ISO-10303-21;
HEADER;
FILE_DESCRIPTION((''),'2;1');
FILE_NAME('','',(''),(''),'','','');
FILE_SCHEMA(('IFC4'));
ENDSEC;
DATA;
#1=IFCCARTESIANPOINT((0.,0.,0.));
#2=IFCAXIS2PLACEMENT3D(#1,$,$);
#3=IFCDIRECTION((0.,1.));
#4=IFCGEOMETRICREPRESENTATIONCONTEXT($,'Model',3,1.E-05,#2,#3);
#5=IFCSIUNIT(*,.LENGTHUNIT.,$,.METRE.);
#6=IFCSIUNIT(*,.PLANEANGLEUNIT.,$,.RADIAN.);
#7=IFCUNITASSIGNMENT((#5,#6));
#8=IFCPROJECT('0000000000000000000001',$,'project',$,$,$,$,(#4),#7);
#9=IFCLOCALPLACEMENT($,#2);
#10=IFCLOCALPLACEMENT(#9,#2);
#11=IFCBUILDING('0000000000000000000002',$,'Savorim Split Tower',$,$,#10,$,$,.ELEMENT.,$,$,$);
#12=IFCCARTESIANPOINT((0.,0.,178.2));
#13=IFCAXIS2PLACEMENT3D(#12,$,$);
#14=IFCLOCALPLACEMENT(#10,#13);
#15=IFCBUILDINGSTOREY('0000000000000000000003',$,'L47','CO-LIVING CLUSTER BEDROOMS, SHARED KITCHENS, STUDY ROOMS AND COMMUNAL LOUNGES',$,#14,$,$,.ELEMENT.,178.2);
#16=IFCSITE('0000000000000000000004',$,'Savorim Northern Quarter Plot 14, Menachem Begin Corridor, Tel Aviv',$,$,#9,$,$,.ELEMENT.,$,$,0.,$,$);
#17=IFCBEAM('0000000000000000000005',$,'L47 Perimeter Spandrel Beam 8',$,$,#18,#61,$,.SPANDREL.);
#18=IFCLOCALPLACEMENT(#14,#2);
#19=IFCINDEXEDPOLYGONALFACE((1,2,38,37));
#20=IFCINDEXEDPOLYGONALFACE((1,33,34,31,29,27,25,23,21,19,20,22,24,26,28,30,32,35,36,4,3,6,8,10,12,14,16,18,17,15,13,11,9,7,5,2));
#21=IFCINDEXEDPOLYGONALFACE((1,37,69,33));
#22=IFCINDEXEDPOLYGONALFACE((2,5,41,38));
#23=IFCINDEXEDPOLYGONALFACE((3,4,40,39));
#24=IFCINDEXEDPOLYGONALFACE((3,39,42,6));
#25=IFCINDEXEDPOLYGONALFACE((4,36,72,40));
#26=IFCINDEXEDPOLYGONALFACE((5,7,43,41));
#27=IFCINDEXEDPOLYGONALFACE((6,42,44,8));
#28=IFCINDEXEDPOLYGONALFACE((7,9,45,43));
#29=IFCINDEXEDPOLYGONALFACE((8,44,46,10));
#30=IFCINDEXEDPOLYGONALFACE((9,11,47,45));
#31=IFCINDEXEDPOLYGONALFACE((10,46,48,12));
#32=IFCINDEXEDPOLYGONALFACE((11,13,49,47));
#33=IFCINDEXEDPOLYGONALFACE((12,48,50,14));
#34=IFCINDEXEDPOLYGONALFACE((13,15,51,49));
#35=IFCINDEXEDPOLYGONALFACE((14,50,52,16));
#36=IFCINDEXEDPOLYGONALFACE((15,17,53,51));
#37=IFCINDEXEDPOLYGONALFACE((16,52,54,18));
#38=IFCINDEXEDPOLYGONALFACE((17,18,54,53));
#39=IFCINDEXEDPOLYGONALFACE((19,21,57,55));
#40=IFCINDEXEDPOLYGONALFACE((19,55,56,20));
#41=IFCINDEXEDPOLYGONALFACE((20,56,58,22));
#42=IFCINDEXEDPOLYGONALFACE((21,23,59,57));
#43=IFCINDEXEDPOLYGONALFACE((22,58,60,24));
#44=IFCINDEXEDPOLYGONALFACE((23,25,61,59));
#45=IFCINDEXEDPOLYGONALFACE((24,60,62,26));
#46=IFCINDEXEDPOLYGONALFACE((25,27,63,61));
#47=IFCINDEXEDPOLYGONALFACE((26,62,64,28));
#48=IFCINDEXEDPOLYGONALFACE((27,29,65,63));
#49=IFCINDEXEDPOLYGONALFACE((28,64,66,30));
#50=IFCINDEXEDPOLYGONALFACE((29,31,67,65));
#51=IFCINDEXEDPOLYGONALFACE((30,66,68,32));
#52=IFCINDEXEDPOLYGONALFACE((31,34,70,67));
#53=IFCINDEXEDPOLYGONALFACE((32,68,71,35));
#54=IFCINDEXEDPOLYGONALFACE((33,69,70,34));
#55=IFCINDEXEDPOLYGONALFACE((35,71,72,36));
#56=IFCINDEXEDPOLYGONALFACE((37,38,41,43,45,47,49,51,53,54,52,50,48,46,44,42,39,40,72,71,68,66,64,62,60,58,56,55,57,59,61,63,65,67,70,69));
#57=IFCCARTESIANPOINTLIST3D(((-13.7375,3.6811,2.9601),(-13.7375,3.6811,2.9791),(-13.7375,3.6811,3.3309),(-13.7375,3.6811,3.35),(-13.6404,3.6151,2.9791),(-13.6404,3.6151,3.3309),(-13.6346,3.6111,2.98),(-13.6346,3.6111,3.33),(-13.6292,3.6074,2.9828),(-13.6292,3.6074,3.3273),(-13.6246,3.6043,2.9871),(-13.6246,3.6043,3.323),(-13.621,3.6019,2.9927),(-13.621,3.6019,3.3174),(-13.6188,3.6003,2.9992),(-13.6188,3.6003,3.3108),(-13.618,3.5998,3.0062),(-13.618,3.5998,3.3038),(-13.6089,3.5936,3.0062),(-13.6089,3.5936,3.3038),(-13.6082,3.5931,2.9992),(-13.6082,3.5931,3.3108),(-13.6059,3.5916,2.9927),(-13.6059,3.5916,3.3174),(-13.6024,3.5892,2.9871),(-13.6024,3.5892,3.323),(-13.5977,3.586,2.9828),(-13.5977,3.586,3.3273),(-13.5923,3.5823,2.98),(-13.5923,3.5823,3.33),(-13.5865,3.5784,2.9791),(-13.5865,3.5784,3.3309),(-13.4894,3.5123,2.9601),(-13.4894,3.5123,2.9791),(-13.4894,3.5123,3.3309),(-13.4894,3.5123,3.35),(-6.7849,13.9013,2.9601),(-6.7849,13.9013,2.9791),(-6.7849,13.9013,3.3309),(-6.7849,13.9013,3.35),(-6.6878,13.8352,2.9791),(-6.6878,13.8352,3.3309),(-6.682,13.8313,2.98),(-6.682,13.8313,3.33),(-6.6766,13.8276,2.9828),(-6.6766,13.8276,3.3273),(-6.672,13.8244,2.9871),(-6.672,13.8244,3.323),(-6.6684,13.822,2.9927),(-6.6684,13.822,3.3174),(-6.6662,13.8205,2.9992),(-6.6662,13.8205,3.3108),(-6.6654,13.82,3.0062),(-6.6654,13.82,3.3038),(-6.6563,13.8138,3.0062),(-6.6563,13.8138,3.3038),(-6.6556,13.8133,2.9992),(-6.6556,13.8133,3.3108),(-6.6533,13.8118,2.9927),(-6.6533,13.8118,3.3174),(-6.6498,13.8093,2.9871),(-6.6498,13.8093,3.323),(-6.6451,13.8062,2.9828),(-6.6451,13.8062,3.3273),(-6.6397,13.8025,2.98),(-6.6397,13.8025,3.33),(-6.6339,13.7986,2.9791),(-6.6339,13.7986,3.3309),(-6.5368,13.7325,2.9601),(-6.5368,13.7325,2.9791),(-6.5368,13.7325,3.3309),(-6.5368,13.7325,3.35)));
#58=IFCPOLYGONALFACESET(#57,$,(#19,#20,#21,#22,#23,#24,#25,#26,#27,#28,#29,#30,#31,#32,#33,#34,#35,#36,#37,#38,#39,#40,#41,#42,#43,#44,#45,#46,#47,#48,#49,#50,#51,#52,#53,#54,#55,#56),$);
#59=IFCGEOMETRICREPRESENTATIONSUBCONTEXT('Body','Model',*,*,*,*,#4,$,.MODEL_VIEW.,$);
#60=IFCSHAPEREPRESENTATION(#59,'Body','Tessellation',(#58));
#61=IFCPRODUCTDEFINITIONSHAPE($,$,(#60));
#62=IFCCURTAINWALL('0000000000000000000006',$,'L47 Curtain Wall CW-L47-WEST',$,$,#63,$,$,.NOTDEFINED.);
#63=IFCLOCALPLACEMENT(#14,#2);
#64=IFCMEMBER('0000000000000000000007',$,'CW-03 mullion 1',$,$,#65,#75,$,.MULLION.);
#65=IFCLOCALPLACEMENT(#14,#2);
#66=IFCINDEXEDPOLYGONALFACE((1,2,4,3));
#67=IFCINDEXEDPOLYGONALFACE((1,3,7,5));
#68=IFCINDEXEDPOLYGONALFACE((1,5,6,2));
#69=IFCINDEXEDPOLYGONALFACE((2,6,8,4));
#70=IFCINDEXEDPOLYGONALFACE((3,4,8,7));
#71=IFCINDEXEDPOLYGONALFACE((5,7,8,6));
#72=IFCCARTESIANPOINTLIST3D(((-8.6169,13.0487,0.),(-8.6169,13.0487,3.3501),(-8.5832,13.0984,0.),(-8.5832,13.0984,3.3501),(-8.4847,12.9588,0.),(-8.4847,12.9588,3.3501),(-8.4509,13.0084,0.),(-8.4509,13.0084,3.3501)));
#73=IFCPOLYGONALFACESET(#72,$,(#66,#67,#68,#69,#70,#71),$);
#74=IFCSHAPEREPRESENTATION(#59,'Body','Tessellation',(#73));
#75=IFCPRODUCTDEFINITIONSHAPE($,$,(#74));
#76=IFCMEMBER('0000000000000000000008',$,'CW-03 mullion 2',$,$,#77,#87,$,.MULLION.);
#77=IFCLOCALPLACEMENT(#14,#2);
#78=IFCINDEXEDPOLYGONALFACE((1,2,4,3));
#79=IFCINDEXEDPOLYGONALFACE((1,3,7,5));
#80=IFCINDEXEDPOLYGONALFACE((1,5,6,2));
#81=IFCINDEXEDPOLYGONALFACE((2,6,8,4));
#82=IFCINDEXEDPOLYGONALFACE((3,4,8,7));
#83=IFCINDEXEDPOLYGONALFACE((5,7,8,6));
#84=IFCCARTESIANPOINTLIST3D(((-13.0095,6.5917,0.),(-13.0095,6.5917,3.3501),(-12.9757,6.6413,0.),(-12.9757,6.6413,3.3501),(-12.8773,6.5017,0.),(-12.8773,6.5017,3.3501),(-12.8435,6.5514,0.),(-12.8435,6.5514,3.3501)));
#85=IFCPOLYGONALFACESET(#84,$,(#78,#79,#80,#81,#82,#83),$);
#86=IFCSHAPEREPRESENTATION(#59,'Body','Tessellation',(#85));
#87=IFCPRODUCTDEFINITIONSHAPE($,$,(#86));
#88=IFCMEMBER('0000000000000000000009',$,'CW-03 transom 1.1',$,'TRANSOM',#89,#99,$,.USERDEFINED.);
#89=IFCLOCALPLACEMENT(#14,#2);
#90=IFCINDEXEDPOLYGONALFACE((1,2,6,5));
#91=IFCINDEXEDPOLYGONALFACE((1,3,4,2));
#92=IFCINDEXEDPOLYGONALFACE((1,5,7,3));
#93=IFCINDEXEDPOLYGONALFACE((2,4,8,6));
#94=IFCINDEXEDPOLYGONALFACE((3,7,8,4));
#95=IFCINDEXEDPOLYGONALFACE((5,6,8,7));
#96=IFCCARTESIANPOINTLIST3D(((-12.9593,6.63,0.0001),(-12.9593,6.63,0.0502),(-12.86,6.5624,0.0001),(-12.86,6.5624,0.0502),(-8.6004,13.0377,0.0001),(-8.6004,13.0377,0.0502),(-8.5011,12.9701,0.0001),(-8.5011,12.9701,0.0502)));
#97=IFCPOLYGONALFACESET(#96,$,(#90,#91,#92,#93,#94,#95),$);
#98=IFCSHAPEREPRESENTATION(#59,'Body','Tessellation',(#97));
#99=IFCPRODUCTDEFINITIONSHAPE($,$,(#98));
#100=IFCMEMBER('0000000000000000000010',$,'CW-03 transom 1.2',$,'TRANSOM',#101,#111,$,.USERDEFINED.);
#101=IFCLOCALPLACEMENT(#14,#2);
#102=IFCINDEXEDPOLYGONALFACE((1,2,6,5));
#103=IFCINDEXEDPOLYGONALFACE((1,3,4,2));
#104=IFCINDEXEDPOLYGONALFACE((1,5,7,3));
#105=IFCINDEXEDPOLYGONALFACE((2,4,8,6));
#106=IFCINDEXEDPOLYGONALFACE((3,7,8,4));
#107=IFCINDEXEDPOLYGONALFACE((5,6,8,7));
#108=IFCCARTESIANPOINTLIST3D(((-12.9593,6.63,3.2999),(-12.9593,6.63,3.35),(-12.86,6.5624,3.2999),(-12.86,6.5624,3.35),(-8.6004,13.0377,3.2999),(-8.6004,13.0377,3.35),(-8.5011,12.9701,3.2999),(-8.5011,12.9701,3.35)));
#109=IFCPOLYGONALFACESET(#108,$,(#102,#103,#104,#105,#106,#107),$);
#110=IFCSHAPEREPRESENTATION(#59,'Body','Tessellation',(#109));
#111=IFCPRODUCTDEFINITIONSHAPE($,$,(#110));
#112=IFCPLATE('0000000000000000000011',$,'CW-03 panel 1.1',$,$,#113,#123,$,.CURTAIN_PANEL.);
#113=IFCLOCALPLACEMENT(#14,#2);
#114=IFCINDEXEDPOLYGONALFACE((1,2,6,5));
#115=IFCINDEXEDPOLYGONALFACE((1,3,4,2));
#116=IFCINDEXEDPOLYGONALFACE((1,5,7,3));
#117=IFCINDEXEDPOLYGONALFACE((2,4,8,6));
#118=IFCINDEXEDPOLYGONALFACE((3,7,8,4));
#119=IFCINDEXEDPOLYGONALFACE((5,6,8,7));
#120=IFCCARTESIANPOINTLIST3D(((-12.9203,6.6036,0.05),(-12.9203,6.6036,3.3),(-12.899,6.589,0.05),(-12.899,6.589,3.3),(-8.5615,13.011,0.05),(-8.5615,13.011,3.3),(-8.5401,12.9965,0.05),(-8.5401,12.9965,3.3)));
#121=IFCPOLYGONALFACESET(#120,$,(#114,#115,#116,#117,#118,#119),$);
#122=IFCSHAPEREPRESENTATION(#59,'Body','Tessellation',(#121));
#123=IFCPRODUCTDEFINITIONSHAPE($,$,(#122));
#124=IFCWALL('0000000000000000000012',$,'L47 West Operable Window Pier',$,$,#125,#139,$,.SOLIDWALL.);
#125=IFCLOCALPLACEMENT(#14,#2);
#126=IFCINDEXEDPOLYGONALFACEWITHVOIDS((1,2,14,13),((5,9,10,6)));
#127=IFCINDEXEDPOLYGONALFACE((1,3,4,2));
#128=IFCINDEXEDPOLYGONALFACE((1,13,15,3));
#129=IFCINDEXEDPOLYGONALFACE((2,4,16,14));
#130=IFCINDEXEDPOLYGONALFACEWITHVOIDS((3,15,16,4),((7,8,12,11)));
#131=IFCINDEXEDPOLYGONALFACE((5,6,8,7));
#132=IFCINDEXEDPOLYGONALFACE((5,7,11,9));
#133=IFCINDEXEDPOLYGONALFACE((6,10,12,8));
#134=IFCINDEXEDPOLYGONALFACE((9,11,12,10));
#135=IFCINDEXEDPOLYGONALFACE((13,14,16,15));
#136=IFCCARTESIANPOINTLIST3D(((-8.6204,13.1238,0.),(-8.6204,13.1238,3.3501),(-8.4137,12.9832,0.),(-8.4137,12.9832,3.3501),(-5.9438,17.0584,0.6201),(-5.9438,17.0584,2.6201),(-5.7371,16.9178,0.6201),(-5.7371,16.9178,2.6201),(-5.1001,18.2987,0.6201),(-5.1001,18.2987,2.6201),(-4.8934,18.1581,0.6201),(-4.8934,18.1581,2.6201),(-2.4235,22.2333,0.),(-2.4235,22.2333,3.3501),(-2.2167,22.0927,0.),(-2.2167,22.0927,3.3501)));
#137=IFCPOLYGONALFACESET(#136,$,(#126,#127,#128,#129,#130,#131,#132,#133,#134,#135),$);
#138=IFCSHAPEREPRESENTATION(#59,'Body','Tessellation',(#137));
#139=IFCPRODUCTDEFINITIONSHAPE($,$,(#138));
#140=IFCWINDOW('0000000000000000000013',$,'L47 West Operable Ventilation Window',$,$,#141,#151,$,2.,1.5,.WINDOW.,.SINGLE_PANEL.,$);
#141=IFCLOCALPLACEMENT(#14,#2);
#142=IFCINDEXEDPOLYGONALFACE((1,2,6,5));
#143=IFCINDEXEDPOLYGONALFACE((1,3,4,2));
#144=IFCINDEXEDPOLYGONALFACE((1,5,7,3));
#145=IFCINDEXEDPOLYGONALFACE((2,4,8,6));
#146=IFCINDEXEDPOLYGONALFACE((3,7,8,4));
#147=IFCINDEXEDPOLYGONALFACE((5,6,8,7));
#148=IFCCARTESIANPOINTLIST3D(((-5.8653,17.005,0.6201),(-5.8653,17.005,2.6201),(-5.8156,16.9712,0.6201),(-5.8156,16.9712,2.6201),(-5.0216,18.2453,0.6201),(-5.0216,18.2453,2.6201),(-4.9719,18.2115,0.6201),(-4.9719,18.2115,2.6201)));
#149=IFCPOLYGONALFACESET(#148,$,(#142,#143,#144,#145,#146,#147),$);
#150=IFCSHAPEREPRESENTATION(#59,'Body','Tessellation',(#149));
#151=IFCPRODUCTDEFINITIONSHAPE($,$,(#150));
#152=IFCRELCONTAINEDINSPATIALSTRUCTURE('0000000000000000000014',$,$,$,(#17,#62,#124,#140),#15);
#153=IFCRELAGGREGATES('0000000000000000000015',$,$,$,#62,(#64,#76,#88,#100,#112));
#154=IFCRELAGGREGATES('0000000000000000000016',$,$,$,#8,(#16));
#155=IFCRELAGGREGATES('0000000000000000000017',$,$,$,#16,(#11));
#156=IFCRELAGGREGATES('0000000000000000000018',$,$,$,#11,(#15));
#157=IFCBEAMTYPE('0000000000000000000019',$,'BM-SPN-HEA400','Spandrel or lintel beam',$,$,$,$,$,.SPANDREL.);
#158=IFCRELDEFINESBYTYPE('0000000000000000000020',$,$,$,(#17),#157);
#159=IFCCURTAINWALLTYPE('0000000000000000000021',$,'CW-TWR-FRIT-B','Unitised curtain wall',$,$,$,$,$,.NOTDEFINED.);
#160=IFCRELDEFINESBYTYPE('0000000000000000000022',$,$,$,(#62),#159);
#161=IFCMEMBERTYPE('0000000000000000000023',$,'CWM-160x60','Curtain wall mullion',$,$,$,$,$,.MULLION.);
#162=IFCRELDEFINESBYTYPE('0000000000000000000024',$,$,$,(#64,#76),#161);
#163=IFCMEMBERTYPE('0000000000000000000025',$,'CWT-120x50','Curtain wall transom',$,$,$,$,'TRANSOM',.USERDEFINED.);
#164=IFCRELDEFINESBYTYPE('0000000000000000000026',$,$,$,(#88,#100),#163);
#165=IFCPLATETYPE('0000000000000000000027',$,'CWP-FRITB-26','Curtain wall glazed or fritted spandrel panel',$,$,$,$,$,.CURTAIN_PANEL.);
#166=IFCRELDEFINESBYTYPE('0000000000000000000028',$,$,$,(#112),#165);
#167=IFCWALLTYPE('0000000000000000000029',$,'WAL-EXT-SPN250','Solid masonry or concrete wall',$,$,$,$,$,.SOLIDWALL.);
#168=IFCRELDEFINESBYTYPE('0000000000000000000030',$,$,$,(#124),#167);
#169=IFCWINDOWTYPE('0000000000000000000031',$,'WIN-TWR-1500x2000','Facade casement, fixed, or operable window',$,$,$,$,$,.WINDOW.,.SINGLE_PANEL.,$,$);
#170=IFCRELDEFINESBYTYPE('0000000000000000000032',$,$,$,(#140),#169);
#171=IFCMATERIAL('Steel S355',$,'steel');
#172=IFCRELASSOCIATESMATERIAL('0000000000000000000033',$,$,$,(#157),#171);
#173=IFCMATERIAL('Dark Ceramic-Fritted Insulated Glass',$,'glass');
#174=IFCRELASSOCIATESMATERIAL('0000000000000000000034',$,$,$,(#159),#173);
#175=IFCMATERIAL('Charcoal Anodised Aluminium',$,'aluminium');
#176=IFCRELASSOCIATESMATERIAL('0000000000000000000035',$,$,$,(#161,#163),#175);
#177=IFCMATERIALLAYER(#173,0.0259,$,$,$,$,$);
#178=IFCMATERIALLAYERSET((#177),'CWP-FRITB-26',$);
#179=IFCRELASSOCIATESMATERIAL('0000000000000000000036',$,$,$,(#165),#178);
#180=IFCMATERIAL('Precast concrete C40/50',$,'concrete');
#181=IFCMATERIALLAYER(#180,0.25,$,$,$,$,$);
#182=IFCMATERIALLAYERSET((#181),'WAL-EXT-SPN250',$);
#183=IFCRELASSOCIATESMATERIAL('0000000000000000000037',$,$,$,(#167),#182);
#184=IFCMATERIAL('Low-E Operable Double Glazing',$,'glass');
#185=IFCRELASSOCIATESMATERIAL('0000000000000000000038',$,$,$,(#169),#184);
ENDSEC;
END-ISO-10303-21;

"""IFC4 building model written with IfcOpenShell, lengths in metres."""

from ifc_helpers import new_model, si_unit, direction, frame, frame_2d, origin, origin_2d, place, context, subcontext, project, spatial, rectangle, i_section, extrude, material, layer, layer_set, material_profile, profile_set, type_object, element, fill, aggregate, save


model = new_model("IFC4")

# Units and contexts
model_context = context("Model", 3, precision=1e-05, world=origin(), true_north=direction((0.0, 1.0)))
body_context = subcontext(model_context, "Body", "Model", "MODEL_VIEW")
ifc_project = project(units=[si_unit("LENGTHUNIT", "METRE"), si_unit("PLANEANGLEUNIT", "RADIAN")], contexts=[model_context])

# Site, building, storey
site_placement = place(None, origin())
site = spatial("IfcSite", under=ifc_project, at=site_placement, Name="Savorim Northern Quarter Plot 14, Menachem Begin Corridor, Tel Aviv", CompositionType="ELEMENT", RefElevation=0.0)
building_placement = place(site_placement, origin())
building = spatial("IfcBuilding", under=site, at=building_placement, Name="Savorim Split Tower", CompositionType="ELEMENT")
storey_placement = place(building_placement, frame((0.0, 0.0, 178.2)))
storey = spatial("IfcBuildingStorey", under=building, at=storey_placement, Name="L47", Description="CO-LIVING CLUSTER BEDROOMS, SHARED KITCHENS, STUDY ROOMS AND COMMUNAL LOUNGES", CompositionType="ELEMENT", Elevation=178.2)

# Beam
ifc_material_1 = material(Name="Steel S355", Category="steel")
ifc_material_profile_1 = material_profile(ifc_material_1, i_section(OverallWidth=0.3, OverallDepth=0.3899, WebThickness=0.011, FlangeThickness=0.019, FilletRadius=0.0271, at=origin_2d()), Name="HEA 400")
ifc_profile_set_1 = profile_set([ifc_material_profile_1], Name="Steel S355")
beam_type_1 = type_object("IfcBeamType", Name="BM-SPN-HEA400", Description="Spandrel or lintel beam", PredefinedType="SPANDREL", material=ifc_profile_set_1)
beam_1_placement = place(storey_placement, frame((-6.6609, 13.8169, 3.155), z_axis=(-0.56247, -0.826818, 0.0), x_axis=(0.826818, -0.56247, 0.0)))
element("IfcBeam", 1, at=beam_1_placement, inside=storey, type_object=beam_type_1, Name="L47 Perimeter Spandrel Beam 8", PredefinedType="SPANDREL", context=body_context, shape_type="SweptSolid", body=[
    extrude(i_section(OverallWidth=0.3, OverallDepth=0.3899, WebThickness=0.011, FlangeThickness=0.019, FilletRadius=0.0271, at=origin_2d()), origin(), (0.0, 0.0, 1.0), 12.3608),
])

# Curtain wall, members, plate
ifc_material_2 = material(Name="Dark Ceramic-Fritted Insulated Glass", Category="glass")
curtain_wall_type = type_object("IfcCurtainWallType", Name="CW-TWR-FRIT-B", Description="Unitised curtain wall", PredefinedType="NOTDEFINED", material=ifc_material_2)
curtain_wall_placement = place(storey_placement, origin())
curtain_wall = element("IfcCurtainWall", 2, at=curtain_wall_placement, inside=storey, type_object=curtain_wall_type, Name="L47 Curtain Wall CW-L47-WEST", PredefinedType="NOTDEFINED")
ifc_material_3 = material(Name="Charcoal Anodised Aluminium", Category="aluminium")
ifc_material_profile_2 = material_profile(ifc_material_3, rectangle(XDim=0.1599, YDim=0.0601, at=origin_2d()), Name="ALU-M 160x60")
ifc_profile_set_2 = profile_set([ifc_material_profile_2], Name="Charcoal Anodised Aluminium")
member_type_1 = type_object("IfcMemberType", Name="CWM-160x60", Description="Curtain wall mullion", PredefinedType="MULLION", material=ifc_profile_set_2)
member_1_placement = place(storey_placement, frame((-8.5339, 13.0286, 0.0), z_axis=(0.0, 0.0, 1.0), x_axis=(0.826819, -0.562468, 0.0)))
member_1 = element("IfcMember", 3, at=member_1_placement, type_object=member_type_1, Name="CW-03 mullion 1", PredefinedType="MULLION", context=body_context, shape_type="SweptSolid", body=[
    extrude(rectangle(XDim=0.1599, YDim=0.0601, at=origin_2d()), origin(), (0.0, 0.0, 1.0), 3.3501),
])
member_2_placement = place(storey_placement, frame((-12.9265, 6.5715, 0.0), z_axis=(0.0, 0.0, 1.0), x_axis=(0.826819, -0.562468, 0.0)))
member_2 = element("IfcMember", 4, at=member_2_placement, type_object=member_type_1, Name="CW-03 mullion 2", PredefinedType="MULLION", context=body_context, shape_type="SweptSolid", body=[
    extrude(rectangle(XDim=0.1599, YDim=0.0601, at=origin_2d()), origin(), (0.0, 0.0, 1.0), 3.3501),
])
ifc_material_profile_3 = material_profile(ifc_material_3, rectangle(XDim=0.1201, YDim=0.05, at=origin_2d()), Name="ALU-T 120x50")
ifc_profile_set_3 = profile_set([ifc_material_profile_3], Name="Charcoal Anodised Aluminium")
member_type_2 = type_object("IfcMemberType", Name="CWT-120x50", Description="Curtain wall transom", ElementType="TRANSOM", PredefinedType="USERDEFINED", material=ifc_profile_set_3)
member_3_placement = place(storey_placement, frame((-8.5508, 13.0039, 0.0251), z_axis=(-0.562455, -0.826828, 0.0), x_axis=(0.826828, -0.562455, 0.0)))
member_3 = element("IfcMember", 5, at=member_3_placement, type_object=member_type_2, Name="CW-03 transom 1.1", ObjectType="TRANSOM", PredefinedType="USERDEFINED", context=body_context, shape_type="SweptSolid", body=[
    extrude(rectangle(XDim=0.1201, YDim=0.05, at=origin_2d()), origin(), (0.0, 0.0, 1.0), 7.7498),
])
member_4_placement = place(storey_placement, frame((-8.5508, 13.0039, 3.325), z_axis=(-0.562455, -0.826828, 0.0), x_axis=(0.826828, -0.562455, 0.0)))
member_4 = element("IfcMember", 6, at=member_4_placement, type_object=member_type_2, Name="CW-03 transom 1.2", ObjectType="TRANSOM", PredefinedType="USERDEFINED", context=body_context, shape_type="SweptSolid", body=[
    extrude(rectangle(XDim=0.1201, YDim=0.05, at=origin_2d()), origin(), (0.0, 0.0, 1.0), 7.7498),
])
ifc_layer_1 = layer(ifc_material_2, 0.0259)
ifc_layer_set_1 = layer_set([ifc_layer_1], Name="CWP-FRITB-26")
plate_type = type_object("IfcPlateType", Name="CWP-FRITB-26", Description="Curtain wall glazed or fritted spandrel panel", PredefinedType="CURTAIN_PANEL", material=ifc_layer_set_1)
plate_placement = place(storey_placement, frame((-10.7302, 9.8, 0.05), z_axis=(0.0, 0.0, 1.0), x_axis=(-0.562468, -0.826819, 0.0)))
plate = element("IfcPlate", 7, at=plate_placement, type_object=plate_type, Name="CW-03 panel 1.1", PredefinedType="CURTAIN_PANEL", context=body_context, shape_type="SweptSolid", body=[
    extrude(rectangle(XDim=7.7495, YDim=0.0259, at=origin_2d()), origin(), (0.0, 0.0, 1.0), 3.25),
])
aggregate(curtain_wall, [member_1, member_2, member_3, member_4, plate])

# Shared definitions
ifc_material_4 = material(Name="Precast concrete C40/50", Category="concrete")

# Wall, opening, window
ifc_layer_2 = layer(ifc_material_4, 0.25)
ifc_layer_set_2 = layer_set([ifc_layer_2], Name="WAL-EXT-SPN250")
wall_type_1 = type_object("IfcWallType", Name="WAL-EXT-SPN250", Description="Solid masonry or concrete wall", PredefinedType="SOLIDWALL", material=ifc_layer_set_2)
wall_1_placement = place(storey_placement, frame((-8.5171, 13.0535, 0.0), z_axis=(0.0, 0.0, 1.0), x_axis=(0.562464, 0.826822, 0.0)))
wall_1 = element("IfcWall", 8, at=wall_1_placement, inside=storey, type_object=wall_type_1, Name="L47 West Operable Window Pier", PredefinedType="SOLIDWALL", context=body_context, shape_type="SweptSolid", body=[
    extrude(rectangle(XDim=11.0176, YDim=0.25, at=frame_2d((5.5088, 0.0))), origin(), (0.0, 0.0, 1.0), 3.3501),
])
opening_1_placement = place(wall_1_placement, frame((4.7588, 0.0, 0.6201)))
opening_1 = element("IfcOpeningElement", 9, at=opening_1_placement, cuts=wall_1, PredefinedType="OPENING", context=body_context, shape_type="SweptSolid", body=[
    extrude(rectangle(XDim=1.5, YDim=2.0, at=frame_2d((0.75, 1.0))), frame((0.0, 0.135, 0.0), z_axis=(0.0, -1.0, 0.0), x_axis=(1.0, 0.0, 0.0)), (0.0, 0.0, 1.0), 0.27),
])
ifc_material_5 = material(Name="Low-E Operable Double Glazing", Category="glass")
window_type = type_object("IfcWindowType", Name="WIN-TWR-1500x2000", Description="Facade casement, fixed, or operable window", PartitioningType="SINGLE_PANEL", PredefinedType="WINDOW", material=ifc_material_5)
window_placement = place(opening_1_placement, origin())
window = element("IfcWindow", 10, at=window_placement, inside=storey, type_object=window_type, Name="L47 West Operable Ventilation Window", OverallHeight=2.0, OverallWidth=1.5, PartitioningType="SINGLE_PANEL", PredefinedType="WINDOW", context=body_context, shape_type="SweptSolid", body=[
    extrude(rectangle(XDim=1.5, YDim=2.0, at=frame_2d((0.75, 1.0))), frame((0.0, 0.03, 0.0), z_axis=(0.0, -1.0, 0.0), x_axis=(1.0, 0.0, 0.0)), (0.0, 0.0, 1.0), 0.0601),
])
fill(opening_1, window)

save(model, "model.ifc")
